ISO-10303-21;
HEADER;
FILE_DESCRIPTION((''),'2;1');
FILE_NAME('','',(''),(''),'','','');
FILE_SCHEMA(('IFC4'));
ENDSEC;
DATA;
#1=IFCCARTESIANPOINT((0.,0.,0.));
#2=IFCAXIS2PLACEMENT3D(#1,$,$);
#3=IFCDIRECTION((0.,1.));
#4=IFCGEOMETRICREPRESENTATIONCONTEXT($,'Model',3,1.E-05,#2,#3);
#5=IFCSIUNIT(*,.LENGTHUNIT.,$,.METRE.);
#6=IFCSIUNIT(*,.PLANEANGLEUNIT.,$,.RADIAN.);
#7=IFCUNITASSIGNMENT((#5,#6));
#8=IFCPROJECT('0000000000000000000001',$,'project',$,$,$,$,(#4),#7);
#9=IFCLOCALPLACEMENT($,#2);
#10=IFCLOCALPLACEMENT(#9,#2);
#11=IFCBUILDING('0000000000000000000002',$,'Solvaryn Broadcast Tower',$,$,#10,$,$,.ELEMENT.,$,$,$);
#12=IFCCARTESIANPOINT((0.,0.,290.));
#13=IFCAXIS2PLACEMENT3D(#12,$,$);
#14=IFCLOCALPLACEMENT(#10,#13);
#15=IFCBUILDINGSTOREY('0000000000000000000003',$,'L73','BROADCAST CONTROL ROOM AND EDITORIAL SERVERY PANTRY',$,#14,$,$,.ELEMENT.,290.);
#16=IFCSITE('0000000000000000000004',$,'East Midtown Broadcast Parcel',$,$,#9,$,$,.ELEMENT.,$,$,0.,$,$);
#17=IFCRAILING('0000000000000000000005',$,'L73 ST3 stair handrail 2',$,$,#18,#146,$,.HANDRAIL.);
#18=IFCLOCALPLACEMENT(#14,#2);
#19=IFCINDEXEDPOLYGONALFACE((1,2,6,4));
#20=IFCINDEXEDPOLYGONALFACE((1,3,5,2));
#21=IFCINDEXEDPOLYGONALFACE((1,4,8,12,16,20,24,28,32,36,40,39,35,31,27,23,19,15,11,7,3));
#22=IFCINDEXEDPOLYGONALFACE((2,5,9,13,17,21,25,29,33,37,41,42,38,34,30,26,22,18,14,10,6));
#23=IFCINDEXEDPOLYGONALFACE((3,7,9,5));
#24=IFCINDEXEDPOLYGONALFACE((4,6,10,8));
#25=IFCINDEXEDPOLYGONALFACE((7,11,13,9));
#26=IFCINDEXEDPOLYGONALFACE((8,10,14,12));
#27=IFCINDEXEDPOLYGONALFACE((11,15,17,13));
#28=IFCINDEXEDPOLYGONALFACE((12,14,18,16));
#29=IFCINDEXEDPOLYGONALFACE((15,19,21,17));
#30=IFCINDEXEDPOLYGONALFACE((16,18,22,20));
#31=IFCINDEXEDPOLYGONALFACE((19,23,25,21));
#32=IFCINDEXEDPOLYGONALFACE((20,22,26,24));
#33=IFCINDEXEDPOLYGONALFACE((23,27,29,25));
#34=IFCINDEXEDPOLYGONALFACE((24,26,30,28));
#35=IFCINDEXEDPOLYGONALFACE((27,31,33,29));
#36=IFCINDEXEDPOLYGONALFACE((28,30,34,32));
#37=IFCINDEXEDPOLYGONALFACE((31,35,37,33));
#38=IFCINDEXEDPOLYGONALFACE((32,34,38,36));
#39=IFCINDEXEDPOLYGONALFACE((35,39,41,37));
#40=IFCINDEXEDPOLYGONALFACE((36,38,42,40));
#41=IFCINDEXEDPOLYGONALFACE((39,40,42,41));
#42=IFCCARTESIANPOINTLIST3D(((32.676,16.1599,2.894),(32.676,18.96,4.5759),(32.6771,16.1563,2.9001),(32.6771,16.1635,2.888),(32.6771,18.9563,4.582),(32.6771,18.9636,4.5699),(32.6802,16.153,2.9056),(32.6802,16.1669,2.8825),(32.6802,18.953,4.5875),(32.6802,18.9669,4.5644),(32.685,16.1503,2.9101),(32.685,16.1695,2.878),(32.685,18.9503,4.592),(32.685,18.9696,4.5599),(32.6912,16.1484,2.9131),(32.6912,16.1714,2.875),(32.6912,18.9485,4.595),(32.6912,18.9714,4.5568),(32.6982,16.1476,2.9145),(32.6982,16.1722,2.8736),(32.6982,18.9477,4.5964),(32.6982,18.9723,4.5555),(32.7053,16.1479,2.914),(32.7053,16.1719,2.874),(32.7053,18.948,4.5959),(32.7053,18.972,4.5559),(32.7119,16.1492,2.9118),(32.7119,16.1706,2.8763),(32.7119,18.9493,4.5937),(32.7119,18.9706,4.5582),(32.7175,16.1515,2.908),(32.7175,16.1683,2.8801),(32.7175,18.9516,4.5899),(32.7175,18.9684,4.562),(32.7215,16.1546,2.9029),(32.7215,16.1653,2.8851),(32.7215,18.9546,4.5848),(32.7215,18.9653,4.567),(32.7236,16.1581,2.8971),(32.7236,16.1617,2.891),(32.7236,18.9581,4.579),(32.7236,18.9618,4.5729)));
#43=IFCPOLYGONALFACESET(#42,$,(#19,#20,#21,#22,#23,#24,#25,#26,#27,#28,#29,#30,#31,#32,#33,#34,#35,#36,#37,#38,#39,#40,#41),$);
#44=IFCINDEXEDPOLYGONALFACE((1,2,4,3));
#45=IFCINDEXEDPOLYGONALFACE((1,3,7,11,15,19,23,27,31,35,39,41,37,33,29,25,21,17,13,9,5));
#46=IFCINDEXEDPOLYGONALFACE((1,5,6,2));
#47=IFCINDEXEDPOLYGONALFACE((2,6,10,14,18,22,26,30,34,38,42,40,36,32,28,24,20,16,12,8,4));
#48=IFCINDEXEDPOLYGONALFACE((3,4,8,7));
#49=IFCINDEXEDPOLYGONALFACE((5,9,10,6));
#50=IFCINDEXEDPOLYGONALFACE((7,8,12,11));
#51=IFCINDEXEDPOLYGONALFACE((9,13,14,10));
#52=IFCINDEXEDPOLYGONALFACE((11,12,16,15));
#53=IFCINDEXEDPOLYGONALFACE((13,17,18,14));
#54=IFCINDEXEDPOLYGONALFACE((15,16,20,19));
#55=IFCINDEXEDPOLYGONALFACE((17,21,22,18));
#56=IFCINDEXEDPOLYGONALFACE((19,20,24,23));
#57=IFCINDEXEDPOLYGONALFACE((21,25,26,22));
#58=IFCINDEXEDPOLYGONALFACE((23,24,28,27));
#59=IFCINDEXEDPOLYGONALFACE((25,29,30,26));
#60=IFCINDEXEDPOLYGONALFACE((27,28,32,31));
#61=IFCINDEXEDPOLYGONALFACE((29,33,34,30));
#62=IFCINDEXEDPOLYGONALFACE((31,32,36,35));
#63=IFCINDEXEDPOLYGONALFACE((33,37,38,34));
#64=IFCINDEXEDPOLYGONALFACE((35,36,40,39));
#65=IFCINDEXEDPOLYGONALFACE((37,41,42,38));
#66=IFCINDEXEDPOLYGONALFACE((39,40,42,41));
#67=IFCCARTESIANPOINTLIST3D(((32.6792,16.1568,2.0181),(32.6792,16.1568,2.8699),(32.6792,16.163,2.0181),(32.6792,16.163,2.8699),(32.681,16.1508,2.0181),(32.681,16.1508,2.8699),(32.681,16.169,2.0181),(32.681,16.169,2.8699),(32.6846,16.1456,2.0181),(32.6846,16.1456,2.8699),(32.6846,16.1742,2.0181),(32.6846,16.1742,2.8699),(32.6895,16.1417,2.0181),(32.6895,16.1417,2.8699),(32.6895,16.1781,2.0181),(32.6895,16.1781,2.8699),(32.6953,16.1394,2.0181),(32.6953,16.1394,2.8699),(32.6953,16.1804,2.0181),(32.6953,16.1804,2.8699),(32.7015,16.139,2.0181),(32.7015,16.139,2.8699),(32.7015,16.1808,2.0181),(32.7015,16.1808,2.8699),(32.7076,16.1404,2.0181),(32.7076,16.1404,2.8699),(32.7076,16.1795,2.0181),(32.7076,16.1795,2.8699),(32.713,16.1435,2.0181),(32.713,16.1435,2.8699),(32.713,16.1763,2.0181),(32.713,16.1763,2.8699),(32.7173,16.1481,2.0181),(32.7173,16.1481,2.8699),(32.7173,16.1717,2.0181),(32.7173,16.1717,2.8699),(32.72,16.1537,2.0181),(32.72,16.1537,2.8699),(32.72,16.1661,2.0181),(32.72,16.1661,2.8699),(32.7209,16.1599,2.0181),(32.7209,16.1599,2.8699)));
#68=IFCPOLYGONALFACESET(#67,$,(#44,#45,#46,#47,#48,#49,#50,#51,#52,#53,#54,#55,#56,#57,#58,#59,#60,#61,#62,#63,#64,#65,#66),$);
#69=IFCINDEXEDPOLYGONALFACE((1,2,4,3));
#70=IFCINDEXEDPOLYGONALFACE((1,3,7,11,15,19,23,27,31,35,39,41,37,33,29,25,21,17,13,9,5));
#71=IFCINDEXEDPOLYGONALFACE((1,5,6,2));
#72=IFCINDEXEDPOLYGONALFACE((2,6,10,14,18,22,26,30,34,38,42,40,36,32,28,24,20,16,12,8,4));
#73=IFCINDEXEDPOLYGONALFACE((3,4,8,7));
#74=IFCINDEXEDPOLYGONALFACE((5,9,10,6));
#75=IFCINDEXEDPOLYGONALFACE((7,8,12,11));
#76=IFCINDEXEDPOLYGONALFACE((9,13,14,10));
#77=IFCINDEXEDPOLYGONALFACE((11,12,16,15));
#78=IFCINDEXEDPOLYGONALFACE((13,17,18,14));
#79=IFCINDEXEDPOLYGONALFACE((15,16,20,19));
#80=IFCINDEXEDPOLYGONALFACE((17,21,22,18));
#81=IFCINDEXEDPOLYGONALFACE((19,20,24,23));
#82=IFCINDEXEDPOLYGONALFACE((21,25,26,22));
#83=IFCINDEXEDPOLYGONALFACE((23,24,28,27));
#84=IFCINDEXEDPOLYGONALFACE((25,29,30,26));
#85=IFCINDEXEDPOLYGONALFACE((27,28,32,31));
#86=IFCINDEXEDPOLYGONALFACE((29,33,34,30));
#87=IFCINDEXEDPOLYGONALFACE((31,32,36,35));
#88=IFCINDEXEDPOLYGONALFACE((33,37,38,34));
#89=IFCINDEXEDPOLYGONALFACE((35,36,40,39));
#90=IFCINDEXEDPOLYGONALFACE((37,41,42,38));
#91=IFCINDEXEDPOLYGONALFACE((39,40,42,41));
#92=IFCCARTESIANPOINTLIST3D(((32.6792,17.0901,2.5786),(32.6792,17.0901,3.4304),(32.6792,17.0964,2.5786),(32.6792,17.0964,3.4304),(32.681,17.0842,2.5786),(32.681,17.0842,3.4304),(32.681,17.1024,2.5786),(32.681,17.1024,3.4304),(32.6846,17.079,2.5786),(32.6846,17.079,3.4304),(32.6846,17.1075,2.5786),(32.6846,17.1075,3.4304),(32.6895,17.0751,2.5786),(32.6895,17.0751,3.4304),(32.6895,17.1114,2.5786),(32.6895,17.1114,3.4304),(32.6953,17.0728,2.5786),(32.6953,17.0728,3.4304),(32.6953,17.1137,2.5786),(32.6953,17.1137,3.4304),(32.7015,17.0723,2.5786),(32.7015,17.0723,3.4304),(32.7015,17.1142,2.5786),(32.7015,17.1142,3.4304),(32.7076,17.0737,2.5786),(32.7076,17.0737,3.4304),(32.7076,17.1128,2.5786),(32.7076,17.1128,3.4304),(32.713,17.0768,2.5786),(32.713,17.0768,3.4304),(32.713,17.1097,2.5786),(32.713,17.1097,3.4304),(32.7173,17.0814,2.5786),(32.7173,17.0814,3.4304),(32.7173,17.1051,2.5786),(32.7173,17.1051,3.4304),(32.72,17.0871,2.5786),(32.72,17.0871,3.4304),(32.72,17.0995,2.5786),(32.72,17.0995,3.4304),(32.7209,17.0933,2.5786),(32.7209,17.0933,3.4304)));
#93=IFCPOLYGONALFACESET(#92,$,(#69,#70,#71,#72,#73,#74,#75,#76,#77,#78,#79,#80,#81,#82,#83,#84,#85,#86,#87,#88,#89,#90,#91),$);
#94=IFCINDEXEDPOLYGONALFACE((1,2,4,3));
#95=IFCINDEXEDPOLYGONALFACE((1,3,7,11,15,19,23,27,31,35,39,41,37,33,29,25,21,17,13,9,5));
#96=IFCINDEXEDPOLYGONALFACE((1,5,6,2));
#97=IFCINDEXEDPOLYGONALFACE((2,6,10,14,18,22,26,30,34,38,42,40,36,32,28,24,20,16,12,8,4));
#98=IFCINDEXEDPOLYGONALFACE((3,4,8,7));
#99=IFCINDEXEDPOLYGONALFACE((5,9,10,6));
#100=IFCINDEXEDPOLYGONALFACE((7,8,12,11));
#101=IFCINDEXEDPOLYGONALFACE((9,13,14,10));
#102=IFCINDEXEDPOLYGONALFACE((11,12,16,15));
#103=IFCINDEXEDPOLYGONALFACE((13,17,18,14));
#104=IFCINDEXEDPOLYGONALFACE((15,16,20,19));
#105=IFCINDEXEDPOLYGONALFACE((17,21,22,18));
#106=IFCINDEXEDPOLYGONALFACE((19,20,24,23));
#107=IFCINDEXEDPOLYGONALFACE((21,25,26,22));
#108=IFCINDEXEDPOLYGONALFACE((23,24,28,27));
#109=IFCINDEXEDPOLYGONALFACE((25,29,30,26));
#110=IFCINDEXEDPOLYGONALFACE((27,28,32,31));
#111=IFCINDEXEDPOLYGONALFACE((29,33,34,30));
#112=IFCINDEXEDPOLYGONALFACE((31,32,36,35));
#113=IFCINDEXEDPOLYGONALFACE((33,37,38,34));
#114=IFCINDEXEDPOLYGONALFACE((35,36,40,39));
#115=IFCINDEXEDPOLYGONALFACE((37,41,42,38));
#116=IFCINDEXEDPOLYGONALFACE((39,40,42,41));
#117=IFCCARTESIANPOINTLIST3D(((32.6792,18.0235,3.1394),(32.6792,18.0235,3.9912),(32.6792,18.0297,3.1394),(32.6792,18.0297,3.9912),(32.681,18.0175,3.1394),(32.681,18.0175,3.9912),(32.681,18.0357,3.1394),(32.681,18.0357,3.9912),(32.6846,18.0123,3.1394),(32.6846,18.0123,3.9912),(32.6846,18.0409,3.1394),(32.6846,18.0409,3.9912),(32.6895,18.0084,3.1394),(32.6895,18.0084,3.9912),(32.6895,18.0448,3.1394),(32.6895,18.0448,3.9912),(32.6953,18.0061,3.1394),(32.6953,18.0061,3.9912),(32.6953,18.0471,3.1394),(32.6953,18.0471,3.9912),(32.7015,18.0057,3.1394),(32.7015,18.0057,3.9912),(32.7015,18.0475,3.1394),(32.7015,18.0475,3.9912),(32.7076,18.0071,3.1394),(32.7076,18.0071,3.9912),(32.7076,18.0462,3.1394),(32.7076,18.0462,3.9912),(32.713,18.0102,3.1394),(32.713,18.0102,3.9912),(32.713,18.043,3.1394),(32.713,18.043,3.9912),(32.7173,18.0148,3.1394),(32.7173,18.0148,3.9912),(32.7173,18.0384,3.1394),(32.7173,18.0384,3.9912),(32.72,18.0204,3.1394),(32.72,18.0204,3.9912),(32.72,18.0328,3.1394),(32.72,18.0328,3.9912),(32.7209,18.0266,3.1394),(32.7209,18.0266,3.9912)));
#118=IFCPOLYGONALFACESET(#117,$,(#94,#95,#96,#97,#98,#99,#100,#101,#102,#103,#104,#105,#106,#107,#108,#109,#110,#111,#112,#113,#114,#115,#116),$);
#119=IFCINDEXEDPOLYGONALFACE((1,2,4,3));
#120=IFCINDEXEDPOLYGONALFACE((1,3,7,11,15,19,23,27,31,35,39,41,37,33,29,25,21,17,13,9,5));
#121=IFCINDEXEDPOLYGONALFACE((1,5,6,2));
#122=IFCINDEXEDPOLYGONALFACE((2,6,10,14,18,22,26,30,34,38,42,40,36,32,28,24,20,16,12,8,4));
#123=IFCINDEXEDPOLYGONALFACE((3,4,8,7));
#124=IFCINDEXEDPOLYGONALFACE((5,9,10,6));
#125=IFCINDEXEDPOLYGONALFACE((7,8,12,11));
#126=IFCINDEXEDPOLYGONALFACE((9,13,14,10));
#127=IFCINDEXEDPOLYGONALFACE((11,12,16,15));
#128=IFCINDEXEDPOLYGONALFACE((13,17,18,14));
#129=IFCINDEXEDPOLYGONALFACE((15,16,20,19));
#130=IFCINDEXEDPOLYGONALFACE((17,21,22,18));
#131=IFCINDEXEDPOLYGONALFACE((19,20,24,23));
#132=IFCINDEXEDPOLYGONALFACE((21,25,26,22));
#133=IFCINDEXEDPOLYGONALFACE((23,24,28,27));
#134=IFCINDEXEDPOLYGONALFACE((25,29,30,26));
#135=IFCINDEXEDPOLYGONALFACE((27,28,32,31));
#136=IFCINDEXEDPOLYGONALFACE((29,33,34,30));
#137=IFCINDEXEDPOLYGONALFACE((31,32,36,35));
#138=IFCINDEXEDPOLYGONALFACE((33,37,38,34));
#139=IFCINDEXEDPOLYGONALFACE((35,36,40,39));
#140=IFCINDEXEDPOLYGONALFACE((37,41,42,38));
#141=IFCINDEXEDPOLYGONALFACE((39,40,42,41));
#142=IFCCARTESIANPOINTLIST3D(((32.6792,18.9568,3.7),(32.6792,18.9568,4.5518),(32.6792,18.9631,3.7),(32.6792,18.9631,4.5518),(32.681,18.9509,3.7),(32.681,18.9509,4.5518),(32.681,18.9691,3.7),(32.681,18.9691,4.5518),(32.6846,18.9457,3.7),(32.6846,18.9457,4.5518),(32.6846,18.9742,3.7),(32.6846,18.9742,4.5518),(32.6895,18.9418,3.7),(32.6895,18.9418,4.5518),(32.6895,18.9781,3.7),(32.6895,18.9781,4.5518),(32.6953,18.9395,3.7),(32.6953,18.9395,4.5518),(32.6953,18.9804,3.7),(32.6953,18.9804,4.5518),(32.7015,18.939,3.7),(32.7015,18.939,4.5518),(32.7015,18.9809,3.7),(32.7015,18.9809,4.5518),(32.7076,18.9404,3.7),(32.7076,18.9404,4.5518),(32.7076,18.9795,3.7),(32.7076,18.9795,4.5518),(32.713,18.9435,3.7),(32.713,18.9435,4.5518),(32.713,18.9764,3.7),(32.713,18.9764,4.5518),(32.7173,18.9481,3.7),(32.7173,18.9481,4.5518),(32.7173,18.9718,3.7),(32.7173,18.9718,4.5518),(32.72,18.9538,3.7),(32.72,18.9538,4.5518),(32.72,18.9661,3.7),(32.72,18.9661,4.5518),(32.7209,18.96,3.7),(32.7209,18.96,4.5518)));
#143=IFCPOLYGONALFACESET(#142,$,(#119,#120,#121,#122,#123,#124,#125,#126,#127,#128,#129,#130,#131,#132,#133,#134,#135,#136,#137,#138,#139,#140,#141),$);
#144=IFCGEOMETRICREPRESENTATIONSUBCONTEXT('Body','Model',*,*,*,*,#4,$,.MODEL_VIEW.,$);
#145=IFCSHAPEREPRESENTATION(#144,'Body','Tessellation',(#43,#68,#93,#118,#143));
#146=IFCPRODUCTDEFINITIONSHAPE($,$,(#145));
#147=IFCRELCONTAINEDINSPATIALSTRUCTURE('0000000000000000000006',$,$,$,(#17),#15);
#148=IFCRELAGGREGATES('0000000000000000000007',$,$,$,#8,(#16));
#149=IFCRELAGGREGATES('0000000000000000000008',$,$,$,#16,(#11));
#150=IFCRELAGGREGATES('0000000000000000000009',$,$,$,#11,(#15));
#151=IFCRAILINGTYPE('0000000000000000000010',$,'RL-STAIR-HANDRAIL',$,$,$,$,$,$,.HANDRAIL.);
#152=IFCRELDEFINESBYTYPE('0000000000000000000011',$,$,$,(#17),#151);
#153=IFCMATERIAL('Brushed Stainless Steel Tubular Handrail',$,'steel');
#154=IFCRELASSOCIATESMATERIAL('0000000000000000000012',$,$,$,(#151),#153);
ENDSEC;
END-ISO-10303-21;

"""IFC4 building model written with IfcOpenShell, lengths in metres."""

from ifc_helpers import new_model, si_unit, direction, frame, origin, origin_2d, place, context, subcontext, project, spatial, circle, extrude, material, type_object, element, save


model = new_model("IFC4")

# Units and contexts
model_context = context("Model", 3, precision=1e-05, world=origin(), true_north=direction((0.0, 1.0)))
body_context = subcontext(model_context, "Body", "Model", "MODEL_VIEW")
ifc_project = project(units=[si_unit("LENGTHUNIT", "METRE"), si_unit("PLANEANGLEUNIT", "RADIAN")], contexts=[model_context])

# Site, building, storey
site_placement = place(None, origin())
site = spatial("IfcSite", under=ifc_project, at=site_placement, Name="East Midtown Broadcast Parcel", CompositionType="ELEMENT", RefElevation=0.0)
building_placement = place(site_placement, origin())
building = spatial("IfcBuilding", under=site, at=building_placement, Name="Solvaryn Broadcast Tower", CompositionType="ELEMENT")
storey_placement = place(building_placement, frame((0.0, 0.0, 290.0)))
storey = spatial("IfcBuildingStorey", under=building, at=storey_placement, Name="L73", Description="BROADCAST CONTROL ROOM AND EDITORIAL SERVERY PANTRY", CompositionType="ELEMENT", Elevation=290.0)

# Railing
ifc_material_1 = material(Name="Brushed Stainless Steel Tubular Handrail", Category="steel")
railing_type_1 = type_object("IfcRailingType", Name="RL-STAIR-HANDRAIL", PredefinedType="HANDRAIL", material=ifc_material_1)
railing_1_placement = place(storey_placement, frame((32.7, 16.1599, 2.0181)))
element("IfcRailing", 1, at=railing_1_placement, inside=storey, type_object=railing_type_1, Name="L73 ST3 stair handrail 2", PredefinedType="HANDRAIL", context=body_context, shape_type="SweptSolid", body=[
    extrude(circle(Radius=0.0239, at=origin_2d()), frame((0.0, 0.0, 0.876), z_axis=(0.0, 0.857242, 0.514913), x_axis=(-1.0, 0.0, 0.0)), (0.0, 0.0, 1.0), 3.2664),
    extrude(circle(Radius=0.021, at=origin_2d()), origin(), (0.0, 0.0, 1.0), 0.8518),
    extrude(circle(Radius=0.021, at=origin_2d()), frame((0.0, 0.9333, 0.5605)), (0.0, 0.0, 1.0), 0.8518),
    extrude(circle(Radius=0.021, at=origin_2d()), frame((0.0, 1.8667, 1.1213)), (0.0, 0.0, 1.0), 0.8518),
    extrude(circle(Radius=0.021, at=origin_2d()), frame((0.0, 2.8, 1.6819)), (0.0, 0.0, 1.0), 0.8518),
])

save(model, "model.ifc")
